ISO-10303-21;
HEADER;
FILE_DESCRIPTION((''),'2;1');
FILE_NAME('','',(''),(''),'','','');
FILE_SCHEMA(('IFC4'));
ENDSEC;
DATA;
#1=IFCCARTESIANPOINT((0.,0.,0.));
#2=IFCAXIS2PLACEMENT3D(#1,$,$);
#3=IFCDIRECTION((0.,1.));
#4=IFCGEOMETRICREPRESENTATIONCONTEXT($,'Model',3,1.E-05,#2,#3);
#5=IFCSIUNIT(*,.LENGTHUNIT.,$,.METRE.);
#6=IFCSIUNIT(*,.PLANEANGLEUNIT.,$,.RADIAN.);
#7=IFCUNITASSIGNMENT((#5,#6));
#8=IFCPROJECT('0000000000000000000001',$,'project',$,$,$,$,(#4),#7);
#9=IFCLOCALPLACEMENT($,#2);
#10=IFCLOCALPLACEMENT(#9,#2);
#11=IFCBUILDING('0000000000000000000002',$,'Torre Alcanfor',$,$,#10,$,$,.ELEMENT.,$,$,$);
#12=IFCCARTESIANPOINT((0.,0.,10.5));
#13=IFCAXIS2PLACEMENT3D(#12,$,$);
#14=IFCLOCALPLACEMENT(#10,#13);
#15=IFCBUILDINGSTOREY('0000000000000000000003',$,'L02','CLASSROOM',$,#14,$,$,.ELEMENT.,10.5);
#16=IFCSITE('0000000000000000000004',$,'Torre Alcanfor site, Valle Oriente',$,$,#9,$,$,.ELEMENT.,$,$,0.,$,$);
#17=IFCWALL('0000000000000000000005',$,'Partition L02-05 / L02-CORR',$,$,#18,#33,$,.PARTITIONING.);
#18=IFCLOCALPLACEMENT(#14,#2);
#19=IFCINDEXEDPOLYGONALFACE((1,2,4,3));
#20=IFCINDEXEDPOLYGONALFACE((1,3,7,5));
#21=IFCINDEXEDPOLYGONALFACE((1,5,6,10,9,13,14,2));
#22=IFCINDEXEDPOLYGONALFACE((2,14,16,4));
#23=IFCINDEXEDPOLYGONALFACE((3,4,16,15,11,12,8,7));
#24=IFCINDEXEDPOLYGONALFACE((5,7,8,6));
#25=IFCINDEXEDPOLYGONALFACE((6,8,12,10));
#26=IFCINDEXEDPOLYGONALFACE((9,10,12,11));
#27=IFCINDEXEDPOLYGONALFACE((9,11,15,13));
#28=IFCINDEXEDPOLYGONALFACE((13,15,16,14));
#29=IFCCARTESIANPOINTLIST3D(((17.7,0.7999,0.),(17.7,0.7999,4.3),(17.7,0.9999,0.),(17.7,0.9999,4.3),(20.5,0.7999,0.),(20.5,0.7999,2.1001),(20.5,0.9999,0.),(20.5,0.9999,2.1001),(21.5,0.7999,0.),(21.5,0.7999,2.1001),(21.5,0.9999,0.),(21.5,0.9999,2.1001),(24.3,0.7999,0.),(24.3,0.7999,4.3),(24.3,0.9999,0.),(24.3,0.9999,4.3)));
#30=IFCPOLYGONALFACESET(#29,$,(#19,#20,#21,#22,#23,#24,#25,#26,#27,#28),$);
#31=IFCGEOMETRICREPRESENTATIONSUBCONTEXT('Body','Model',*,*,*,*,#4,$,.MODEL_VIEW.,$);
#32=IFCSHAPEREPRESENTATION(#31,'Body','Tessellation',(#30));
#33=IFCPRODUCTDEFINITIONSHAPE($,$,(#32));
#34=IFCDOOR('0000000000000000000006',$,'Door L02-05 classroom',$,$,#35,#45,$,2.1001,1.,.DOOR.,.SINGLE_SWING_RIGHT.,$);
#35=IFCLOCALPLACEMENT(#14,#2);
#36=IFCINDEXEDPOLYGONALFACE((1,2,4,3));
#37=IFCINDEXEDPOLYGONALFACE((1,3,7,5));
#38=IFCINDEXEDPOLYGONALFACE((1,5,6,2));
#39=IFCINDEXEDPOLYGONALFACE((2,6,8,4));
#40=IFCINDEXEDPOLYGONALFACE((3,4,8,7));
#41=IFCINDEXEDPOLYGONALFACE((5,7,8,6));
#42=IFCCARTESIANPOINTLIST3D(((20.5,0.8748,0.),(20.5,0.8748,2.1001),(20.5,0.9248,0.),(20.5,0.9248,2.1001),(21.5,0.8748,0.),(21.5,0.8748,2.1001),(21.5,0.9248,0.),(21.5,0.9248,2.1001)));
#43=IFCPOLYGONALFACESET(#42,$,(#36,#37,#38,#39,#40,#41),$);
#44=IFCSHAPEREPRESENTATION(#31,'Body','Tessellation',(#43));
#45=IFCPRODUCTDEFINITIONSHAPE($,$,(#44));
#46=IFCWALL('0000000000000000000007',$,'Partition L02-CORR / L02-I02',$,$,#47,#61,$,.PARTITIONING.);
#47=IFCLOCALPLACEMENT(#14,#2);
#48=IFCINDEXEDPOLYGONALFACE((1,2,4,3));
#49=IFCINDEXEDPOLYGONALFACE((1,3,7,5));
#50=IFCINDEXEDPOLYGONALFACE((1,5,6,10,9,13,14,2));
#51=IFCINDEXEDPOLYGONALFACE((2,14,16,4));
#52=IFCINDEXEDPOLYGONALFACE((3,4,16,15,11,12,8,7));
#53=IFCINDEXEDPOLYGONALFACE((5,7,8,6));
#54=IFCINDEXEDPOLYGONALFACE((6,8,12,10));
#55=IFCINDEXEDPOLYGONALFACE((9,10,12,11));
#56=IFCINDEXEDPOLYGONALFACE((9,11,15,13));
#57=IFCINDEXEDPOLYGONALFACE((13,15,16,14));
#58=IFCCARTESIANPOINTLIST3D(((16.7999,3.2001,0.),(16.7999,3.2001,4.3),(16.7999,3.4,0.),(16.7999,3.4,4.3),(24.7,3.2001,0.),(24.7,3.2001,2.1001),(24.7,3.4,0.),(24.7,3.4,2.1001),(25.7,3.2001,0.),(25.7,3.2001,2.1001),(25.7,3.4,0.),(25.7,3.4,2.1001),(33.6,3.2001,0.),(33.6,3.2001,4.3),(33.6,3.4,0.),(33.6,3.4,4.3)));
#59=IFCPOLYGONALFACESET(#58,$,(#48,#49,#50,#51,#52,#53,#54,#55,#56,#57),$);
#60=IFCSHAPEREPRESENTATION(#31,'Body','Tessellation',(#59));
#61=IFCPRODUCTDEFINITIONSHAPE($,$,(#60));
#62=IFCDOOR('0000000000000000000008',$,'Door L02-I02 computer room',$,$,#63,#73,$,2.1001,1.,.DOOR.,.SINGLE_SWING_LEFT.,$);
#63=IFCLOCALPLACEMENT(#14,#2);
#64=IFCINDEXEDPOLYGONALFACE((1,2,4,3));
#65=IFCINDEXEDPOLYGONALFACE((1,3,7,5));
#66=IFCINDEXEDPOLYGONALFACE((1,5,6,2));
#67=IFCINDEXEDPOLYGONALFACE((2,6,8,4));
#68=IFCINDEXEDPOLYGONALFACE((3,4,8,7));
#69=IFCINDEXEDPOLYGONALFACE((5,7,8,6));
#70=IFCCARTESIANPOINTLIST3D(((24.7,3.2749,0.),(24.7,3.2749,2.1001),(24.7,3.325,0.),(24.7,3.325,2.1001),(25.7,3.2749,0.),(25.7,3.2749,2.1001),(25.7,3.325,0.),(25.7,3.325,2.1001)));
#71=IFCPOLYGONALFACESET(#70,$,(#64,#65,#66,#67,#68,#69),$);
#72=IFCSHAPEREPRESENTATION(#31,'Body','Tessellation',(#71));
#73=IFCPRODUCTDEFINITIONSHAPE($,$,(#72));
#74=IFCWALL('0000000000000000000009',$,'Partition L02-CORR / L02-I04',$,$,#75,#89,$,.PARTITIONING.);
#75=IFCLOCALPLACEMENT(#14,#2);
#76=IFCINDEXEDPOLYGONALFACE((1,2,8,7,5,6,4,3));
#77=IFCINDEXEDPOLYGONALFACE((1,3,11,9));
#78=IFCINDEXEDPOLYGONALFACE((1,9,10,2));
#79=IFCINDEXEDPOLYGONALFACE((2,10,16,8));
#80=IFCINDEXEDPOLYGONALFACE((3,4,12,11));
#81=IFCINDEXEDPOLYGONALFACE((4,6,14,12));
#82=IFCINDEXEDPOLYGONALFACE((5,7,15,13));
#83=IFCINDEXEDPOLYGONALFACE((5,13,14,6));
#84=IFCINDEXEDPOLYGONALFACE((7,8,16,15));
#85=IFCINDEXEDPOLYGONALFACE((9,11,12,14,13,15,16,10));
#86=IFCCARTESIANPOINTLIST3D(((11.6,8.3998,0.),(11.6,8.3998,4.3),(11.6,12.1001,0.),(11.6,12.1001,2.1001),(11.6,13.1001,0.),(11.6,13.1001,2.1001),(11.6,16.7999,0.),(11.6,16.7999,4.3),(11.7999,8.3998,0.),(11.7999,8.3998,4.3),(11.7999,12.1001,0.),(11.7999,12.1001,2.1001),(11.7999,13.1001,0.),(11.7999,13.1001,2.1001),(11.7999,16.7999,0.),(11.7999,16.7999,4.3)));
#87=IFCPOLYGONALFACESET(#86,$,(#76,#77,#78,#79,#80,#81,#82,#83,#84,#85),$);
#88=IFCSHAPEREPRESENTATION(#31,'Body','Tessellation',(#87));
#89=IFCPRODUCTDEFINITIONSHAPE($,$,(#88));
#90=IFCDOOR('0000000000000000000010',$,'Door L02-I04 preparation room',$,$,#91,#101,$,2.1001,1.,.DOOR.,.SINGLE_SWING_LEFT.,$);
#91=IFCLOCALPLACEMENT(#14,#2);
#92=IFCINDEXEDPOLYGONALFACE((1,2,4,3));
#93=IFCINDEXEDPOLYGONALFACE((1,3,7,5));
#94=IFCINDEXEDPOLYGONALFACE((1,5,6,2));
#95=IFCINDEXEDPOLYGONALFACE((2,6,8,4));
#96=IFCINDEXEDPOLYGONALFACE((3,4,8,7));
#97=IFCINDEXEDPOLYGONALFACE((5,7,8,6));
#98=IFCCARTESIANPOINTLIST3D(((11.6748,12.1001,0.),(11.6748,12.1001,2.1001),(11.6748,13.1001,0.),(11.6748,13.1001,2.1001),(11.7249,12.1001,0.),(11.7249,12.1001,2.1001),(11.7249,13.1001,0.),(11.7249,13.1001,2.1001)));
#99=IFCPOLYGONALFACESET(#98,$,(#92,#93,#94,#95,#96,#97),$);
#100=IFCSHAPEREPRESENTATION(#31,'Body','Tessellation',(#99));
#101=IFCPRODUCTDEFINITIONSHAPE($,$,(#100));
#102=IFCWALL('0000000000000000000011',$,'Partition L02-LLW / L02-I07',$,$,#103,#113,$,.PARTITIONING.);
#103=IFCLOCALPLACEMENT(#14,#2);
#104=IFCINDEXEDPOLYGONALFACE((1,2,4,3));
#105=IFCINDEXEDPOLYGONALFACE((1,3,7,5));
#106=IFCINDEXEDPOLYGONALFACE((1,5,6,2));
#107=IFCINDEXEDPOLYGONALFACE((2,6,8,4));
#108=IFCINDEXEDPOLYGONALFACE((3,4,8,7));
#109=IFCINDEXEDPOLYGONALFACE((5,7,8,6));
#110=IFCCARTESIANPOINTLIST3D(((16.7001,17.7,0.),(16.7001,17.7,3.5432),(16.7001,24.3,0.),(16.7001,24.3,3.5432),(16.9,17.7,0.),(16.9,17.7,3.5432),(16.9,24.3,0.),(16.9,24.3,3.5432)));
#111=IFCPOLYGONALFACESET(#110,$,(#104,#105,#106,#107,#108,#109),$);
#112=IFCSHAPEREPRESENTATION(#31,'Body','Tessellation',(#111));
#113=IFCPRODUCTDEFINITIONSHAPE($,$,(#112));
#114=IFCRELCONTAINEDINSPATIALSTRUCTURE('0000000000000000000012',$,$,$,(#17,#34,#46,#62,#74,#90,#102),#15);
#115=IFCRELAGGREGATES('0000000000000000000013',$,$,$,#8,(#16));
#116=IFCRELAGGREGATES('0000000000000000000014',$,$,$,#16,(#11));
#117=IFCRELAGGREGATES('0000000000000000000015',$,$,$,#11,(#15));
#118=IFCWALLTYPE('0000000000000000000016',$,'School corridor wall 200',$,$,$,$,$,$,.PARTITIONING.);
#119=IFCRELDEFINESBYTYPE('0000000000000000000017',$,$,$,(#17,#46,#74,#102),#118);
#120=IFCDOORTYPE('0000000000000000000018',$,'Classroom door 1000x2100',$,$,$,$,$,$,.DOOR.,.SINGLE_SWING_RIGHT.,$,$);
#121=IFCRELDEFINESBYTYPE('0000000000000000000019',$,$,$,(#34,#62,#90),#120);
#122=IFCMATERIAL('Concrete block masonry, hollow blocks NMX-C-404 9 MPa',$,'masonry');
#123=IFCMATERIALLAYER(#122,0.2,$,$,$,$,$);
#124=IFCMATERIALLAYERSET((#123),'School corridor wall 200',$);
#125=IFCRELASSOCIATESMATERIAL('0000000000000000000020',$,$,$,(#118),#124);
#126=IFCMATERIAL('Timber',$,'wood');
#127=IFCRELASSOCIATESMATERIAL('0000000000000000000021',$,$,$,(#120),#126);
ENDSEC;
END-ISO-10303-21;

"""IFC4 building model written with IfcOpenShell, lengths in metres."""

from ifc_helpers import new_model, si_unit, direction, frame, frame_2d, origin, place, context, subcontext, project, spatial, rectangle, extrude, material, layer, layer_set, type_object, element, fill, save


model = new_model("IFC4")

# Units and contexts
model_context = context("Model", 3, precision=1e-05, world=origin(), true_north=direction((0.0, 1.0)))
body_context = subcontext(model_context, "Body", "Model", "MODEL_VIEW")
ifc_project = project(units=[si_unit("LENGTHUNIT", "METRE"), si_unit("PLANEANGLEUNIT", "RADIAN")], contexts=[model_context])

# Site, building, storey
site_placement = place(None, origin())
site = spatial("IfcSite", under=ifc_project, at=site_placement, Name="Torre Alcanfor site, Valle Oriente", CompositionType="ELEMENT", RefElevation=0.0)
building_placement = place(site_placement, origin())
building = spatial("IfcBuilding", under=site, at=building_placement, Name="Torre Alcanfor", CompositionType="ELEMENT")
storey_placement = place(building_placement, frame((0.0, 0.0, 10.5)))
storey = spatial("IfcBuildingStorey", under=building, at=storey_placement, Name="L02", Description="CLASSROOM", CompositionType="ELEMENT", Elevation=10.5)

# Walls, openings, doors
ifc_material_1 = material(Name="Concrete block masonry, hollow blocks NMX-C-404 9 MPa", Category="masonry")
ifc_layer_1 = layer(ifc_material_1, 0.2)
ifc_layer_set_1 = layer_set([ifc_layer_1], Name="School corridor wall 200")
wall_type_1 = type_object("IfcWallType", Name="School corridor wall 200", PredefinedType="PARTITIONING", material=ifc_layer_set_1)
wall_1_placement = place(storey_placement, frame((17.7, 0.8999, 0.0), z_axis=(0.0, 0.0, 1.0), x_axis=(1.0, 0.0, 0.0)))
wall_1 = element("IfcWall", 1, at=wall_1_placement, inside=storey, type_object=wall_type_1, Name="Partition L02-05 / L02-CORR", PredefinedType="PARTITIONING", context=body_context, shape_type="SweptSolid", body=[
    extrude(rectangle(XDim=6.6001, YDim=0.2, at=frame_2d((3.3, 0.0))), origin(), (0.0, 0.0, 1.0), 4.3),
])
opening_1_placement = place(wall_1_placement, frame((2.8, 0.0, 0.0)))
opening_1 = element("IfcOpeningElement", 2, at=opening_1_placement, cuts=wall_1, PredefinedType="OPENING", context=body_context, shape_type="SweptSolid", body=[
    extrude(rectangle(XDim=1.0, YDim=2.1001, at=frame_2d((0.5, 1.05))), frame((0.0, 0.1099, 0.0), z_axis=(0.0, -1.0, 0.0), x_axis=(1.0, 0.0, 0.0)), (0.0, 0.0, 1.0), 0.22),
])
ifc_material_2 = material(Name="Timber", Category="wood")
door_type = type_object("IfcDoorType", Name="Classroom door 1000x2100", OperationType="SINGLE_SWING_RIGHT", PredefinedType="DOOR", material=ifc_material_2)
door_1_placement = place(opening_1_placement, frame((1.0, 0.0, 0.0), z_axis=(0.0, 0.0, 1.0), x_axis=(-1.0, 0.0, 0.0)))
door_1 = element("IfcDoor", 3, at=door_1_placement, inside=storey, type_object=door_type, Name="Door L02-05 classroom", OperationType="SINGLE_SWING_RIGHT", OverallHeight=2.1001, OverallWidth=1.0, PredefinedType="DOOR", context=body_context, shape_type="SweptSolid", body=[
    extrude(rectangle(XDim=1.0, YDim=2.1001, at=frame_2d((0.5, 1.05))), frame((0.0, 0.0251, 0.0), z_axis=(0.0, -1.0, 0.0), x_axis=(1.0, 0.0, 0.0)), (0.0, 0.0, 1.0), 0.05),
])
fill(opening_1, door_1)
wall_2_placement = place(storey_placement, frame((16.8, 3.3, 0.0), z_axis=(0.0, 0.0, 1.0), x_axis=(1.0, 0.0, 0.0)))
wall_2 = element("IfcWall", 4, at=wall_2_placement, inside=storey, type_object=wall_type_1, Name="Partition L02-CORR / L02-I02", PredefinedType="PARTITIONING", context=body_context, shape_type="SweptSolid", body=[
    extrude(rectangle(XDim=16.8, YDim=0.2, at=frame_2d((8.3999, 0.0))), origin(), (0.0, 0.0, 1.0), 4.3),
])
opening_2_placement = place(wall_2_placement, frame((7.8999, 0.0, 0.0)))
opening_2 = element("IfcOpeningElement", 5, at=opening_2_placement, cuts=wall_2, PredefinedType="OPENING", context=body_context, shape_type="SweptSolid", body=[
    extrude(rectangle(XDim=1.0, YDim=2.1001, at=frame_2d((0.5, 1.05))), frame((0.0, 0.1099, 0.0), z_axis=(0.0, -1.0, 0.0), x_axis=(1.0, 0.0, 0.0)), (0.0, 0.0, 1.0), 0.22),
])
door_2_placement = place(opening_2_placement, origin())
door_2 = element("IfcDoor", 6, at=door_2_placement, inside=storey, type_object=door_type, Name="Door L02-I02 computer room", OperationType="SINGLE_SWING_LEFT", OverallHeight=2.1001, OverallWidth=1.0, PredefinedType="DOOR", context=body_context, shape_type="SweptSolid", body=[
    extrude(rectangle(XDim=1.0, YDim=2.1001, at=frame_2d((0.5, 1.05))), frame((0.0, 0.0249, 0.0), z_axis=(0.0, -1.0, 0.0), x_axis=(1.0, 0.0, 0.0)), (0.0, 0.0, 1.0), 0.05),
])
fill(opening_2, door_2)
wall_3_placement = place(storey_placement, frame((11.7, 16.8, 0.0), z_axis=(0.0, 0.0, 1.0), x_axis=(0.0, -1.0, 0.0)))
wall_3 = element("IfcWall", 7, at=wall_3_placement, inside=storey, type_object=wall_type_1, Name="Partition L02-CORR / L02-I04", PredefinedType="PARTITIONING", context=body_context, shape_type="SweptSolid", body=[
    extrude(rectangle(XDim=8.4001, YDim=0.2, at=frame_2d((4.2002, 0.0))), origin(), (0.0, 0.0, 1.0), 4.3),
])
opening_3_placement = place(wall_3_placement, frame((3.7, 0.0, 0.0)))
opening_3 = element("IfcOpeningElement", 8, at=opening_3_placement, cuts=wall_3, PredefinedType="OPENING", context=body_context, shape_type="SweptSolid", body=[
    extrude(rectangle(XDim=1.0, YDim=2.1001, at=frame_2d((0.5, 1.05))), frame((0.0, 0.1099, 0.0), z_axis=(0.0, -1.0, 0.0), x_axis=(1.0, 0.0, 0.0)), (0.0, 0.0, 1.0), 0.22),
])
door_3_placement = place(opening_3_placement, origin())
door_3 = element("IfcDoor", 9, at=door_3_placement, inside=storey, type_object=door_type, Name="Door L02-I04 preparation room", OperationType="SINGLE_SWING_LEFT", OverallHeight=2.1001, OverallWidth=1.0, PredefinedType="DOOR", context=body_context, shape_type="SweptSolid", body=[
    extrude(rectangle(XDim=1.0, YDim=2.1001, at=frame_2d((0.5, 1.05))), frame((0.0, 0.0249, 0.0), z_axis=(0.0, -1.0, 0.0), x_axis=(1.0, 0.0, 0.0)), (0.0, 0.0, 1.0), 0.05),
])
fill(opening_3, door_3)

# Wall
wall_4_placement = place(storey_placement, frame((16.8, 17.7, 0.0), z_axis=(0.0, 0.0, 1.0), x_axis=(0.0, 1.0, 0.0)))
element("IfcWall", 10, at=wall_4_placement, inside=storey, type_object=wall_type_1, Name="Partition L02-LLW / L02-I07", PredefinedType="PARTITIONING", context=body_context, shape_type="SweptSolid", body=[
    extrude(rectangle(XDim=6.6001, YDim=0.2, at=frame_2d((3.3, 0.0))), origin(), (0.0, 0.0, 1.0), 3.5432),
])

save(model, "model.ifc")
